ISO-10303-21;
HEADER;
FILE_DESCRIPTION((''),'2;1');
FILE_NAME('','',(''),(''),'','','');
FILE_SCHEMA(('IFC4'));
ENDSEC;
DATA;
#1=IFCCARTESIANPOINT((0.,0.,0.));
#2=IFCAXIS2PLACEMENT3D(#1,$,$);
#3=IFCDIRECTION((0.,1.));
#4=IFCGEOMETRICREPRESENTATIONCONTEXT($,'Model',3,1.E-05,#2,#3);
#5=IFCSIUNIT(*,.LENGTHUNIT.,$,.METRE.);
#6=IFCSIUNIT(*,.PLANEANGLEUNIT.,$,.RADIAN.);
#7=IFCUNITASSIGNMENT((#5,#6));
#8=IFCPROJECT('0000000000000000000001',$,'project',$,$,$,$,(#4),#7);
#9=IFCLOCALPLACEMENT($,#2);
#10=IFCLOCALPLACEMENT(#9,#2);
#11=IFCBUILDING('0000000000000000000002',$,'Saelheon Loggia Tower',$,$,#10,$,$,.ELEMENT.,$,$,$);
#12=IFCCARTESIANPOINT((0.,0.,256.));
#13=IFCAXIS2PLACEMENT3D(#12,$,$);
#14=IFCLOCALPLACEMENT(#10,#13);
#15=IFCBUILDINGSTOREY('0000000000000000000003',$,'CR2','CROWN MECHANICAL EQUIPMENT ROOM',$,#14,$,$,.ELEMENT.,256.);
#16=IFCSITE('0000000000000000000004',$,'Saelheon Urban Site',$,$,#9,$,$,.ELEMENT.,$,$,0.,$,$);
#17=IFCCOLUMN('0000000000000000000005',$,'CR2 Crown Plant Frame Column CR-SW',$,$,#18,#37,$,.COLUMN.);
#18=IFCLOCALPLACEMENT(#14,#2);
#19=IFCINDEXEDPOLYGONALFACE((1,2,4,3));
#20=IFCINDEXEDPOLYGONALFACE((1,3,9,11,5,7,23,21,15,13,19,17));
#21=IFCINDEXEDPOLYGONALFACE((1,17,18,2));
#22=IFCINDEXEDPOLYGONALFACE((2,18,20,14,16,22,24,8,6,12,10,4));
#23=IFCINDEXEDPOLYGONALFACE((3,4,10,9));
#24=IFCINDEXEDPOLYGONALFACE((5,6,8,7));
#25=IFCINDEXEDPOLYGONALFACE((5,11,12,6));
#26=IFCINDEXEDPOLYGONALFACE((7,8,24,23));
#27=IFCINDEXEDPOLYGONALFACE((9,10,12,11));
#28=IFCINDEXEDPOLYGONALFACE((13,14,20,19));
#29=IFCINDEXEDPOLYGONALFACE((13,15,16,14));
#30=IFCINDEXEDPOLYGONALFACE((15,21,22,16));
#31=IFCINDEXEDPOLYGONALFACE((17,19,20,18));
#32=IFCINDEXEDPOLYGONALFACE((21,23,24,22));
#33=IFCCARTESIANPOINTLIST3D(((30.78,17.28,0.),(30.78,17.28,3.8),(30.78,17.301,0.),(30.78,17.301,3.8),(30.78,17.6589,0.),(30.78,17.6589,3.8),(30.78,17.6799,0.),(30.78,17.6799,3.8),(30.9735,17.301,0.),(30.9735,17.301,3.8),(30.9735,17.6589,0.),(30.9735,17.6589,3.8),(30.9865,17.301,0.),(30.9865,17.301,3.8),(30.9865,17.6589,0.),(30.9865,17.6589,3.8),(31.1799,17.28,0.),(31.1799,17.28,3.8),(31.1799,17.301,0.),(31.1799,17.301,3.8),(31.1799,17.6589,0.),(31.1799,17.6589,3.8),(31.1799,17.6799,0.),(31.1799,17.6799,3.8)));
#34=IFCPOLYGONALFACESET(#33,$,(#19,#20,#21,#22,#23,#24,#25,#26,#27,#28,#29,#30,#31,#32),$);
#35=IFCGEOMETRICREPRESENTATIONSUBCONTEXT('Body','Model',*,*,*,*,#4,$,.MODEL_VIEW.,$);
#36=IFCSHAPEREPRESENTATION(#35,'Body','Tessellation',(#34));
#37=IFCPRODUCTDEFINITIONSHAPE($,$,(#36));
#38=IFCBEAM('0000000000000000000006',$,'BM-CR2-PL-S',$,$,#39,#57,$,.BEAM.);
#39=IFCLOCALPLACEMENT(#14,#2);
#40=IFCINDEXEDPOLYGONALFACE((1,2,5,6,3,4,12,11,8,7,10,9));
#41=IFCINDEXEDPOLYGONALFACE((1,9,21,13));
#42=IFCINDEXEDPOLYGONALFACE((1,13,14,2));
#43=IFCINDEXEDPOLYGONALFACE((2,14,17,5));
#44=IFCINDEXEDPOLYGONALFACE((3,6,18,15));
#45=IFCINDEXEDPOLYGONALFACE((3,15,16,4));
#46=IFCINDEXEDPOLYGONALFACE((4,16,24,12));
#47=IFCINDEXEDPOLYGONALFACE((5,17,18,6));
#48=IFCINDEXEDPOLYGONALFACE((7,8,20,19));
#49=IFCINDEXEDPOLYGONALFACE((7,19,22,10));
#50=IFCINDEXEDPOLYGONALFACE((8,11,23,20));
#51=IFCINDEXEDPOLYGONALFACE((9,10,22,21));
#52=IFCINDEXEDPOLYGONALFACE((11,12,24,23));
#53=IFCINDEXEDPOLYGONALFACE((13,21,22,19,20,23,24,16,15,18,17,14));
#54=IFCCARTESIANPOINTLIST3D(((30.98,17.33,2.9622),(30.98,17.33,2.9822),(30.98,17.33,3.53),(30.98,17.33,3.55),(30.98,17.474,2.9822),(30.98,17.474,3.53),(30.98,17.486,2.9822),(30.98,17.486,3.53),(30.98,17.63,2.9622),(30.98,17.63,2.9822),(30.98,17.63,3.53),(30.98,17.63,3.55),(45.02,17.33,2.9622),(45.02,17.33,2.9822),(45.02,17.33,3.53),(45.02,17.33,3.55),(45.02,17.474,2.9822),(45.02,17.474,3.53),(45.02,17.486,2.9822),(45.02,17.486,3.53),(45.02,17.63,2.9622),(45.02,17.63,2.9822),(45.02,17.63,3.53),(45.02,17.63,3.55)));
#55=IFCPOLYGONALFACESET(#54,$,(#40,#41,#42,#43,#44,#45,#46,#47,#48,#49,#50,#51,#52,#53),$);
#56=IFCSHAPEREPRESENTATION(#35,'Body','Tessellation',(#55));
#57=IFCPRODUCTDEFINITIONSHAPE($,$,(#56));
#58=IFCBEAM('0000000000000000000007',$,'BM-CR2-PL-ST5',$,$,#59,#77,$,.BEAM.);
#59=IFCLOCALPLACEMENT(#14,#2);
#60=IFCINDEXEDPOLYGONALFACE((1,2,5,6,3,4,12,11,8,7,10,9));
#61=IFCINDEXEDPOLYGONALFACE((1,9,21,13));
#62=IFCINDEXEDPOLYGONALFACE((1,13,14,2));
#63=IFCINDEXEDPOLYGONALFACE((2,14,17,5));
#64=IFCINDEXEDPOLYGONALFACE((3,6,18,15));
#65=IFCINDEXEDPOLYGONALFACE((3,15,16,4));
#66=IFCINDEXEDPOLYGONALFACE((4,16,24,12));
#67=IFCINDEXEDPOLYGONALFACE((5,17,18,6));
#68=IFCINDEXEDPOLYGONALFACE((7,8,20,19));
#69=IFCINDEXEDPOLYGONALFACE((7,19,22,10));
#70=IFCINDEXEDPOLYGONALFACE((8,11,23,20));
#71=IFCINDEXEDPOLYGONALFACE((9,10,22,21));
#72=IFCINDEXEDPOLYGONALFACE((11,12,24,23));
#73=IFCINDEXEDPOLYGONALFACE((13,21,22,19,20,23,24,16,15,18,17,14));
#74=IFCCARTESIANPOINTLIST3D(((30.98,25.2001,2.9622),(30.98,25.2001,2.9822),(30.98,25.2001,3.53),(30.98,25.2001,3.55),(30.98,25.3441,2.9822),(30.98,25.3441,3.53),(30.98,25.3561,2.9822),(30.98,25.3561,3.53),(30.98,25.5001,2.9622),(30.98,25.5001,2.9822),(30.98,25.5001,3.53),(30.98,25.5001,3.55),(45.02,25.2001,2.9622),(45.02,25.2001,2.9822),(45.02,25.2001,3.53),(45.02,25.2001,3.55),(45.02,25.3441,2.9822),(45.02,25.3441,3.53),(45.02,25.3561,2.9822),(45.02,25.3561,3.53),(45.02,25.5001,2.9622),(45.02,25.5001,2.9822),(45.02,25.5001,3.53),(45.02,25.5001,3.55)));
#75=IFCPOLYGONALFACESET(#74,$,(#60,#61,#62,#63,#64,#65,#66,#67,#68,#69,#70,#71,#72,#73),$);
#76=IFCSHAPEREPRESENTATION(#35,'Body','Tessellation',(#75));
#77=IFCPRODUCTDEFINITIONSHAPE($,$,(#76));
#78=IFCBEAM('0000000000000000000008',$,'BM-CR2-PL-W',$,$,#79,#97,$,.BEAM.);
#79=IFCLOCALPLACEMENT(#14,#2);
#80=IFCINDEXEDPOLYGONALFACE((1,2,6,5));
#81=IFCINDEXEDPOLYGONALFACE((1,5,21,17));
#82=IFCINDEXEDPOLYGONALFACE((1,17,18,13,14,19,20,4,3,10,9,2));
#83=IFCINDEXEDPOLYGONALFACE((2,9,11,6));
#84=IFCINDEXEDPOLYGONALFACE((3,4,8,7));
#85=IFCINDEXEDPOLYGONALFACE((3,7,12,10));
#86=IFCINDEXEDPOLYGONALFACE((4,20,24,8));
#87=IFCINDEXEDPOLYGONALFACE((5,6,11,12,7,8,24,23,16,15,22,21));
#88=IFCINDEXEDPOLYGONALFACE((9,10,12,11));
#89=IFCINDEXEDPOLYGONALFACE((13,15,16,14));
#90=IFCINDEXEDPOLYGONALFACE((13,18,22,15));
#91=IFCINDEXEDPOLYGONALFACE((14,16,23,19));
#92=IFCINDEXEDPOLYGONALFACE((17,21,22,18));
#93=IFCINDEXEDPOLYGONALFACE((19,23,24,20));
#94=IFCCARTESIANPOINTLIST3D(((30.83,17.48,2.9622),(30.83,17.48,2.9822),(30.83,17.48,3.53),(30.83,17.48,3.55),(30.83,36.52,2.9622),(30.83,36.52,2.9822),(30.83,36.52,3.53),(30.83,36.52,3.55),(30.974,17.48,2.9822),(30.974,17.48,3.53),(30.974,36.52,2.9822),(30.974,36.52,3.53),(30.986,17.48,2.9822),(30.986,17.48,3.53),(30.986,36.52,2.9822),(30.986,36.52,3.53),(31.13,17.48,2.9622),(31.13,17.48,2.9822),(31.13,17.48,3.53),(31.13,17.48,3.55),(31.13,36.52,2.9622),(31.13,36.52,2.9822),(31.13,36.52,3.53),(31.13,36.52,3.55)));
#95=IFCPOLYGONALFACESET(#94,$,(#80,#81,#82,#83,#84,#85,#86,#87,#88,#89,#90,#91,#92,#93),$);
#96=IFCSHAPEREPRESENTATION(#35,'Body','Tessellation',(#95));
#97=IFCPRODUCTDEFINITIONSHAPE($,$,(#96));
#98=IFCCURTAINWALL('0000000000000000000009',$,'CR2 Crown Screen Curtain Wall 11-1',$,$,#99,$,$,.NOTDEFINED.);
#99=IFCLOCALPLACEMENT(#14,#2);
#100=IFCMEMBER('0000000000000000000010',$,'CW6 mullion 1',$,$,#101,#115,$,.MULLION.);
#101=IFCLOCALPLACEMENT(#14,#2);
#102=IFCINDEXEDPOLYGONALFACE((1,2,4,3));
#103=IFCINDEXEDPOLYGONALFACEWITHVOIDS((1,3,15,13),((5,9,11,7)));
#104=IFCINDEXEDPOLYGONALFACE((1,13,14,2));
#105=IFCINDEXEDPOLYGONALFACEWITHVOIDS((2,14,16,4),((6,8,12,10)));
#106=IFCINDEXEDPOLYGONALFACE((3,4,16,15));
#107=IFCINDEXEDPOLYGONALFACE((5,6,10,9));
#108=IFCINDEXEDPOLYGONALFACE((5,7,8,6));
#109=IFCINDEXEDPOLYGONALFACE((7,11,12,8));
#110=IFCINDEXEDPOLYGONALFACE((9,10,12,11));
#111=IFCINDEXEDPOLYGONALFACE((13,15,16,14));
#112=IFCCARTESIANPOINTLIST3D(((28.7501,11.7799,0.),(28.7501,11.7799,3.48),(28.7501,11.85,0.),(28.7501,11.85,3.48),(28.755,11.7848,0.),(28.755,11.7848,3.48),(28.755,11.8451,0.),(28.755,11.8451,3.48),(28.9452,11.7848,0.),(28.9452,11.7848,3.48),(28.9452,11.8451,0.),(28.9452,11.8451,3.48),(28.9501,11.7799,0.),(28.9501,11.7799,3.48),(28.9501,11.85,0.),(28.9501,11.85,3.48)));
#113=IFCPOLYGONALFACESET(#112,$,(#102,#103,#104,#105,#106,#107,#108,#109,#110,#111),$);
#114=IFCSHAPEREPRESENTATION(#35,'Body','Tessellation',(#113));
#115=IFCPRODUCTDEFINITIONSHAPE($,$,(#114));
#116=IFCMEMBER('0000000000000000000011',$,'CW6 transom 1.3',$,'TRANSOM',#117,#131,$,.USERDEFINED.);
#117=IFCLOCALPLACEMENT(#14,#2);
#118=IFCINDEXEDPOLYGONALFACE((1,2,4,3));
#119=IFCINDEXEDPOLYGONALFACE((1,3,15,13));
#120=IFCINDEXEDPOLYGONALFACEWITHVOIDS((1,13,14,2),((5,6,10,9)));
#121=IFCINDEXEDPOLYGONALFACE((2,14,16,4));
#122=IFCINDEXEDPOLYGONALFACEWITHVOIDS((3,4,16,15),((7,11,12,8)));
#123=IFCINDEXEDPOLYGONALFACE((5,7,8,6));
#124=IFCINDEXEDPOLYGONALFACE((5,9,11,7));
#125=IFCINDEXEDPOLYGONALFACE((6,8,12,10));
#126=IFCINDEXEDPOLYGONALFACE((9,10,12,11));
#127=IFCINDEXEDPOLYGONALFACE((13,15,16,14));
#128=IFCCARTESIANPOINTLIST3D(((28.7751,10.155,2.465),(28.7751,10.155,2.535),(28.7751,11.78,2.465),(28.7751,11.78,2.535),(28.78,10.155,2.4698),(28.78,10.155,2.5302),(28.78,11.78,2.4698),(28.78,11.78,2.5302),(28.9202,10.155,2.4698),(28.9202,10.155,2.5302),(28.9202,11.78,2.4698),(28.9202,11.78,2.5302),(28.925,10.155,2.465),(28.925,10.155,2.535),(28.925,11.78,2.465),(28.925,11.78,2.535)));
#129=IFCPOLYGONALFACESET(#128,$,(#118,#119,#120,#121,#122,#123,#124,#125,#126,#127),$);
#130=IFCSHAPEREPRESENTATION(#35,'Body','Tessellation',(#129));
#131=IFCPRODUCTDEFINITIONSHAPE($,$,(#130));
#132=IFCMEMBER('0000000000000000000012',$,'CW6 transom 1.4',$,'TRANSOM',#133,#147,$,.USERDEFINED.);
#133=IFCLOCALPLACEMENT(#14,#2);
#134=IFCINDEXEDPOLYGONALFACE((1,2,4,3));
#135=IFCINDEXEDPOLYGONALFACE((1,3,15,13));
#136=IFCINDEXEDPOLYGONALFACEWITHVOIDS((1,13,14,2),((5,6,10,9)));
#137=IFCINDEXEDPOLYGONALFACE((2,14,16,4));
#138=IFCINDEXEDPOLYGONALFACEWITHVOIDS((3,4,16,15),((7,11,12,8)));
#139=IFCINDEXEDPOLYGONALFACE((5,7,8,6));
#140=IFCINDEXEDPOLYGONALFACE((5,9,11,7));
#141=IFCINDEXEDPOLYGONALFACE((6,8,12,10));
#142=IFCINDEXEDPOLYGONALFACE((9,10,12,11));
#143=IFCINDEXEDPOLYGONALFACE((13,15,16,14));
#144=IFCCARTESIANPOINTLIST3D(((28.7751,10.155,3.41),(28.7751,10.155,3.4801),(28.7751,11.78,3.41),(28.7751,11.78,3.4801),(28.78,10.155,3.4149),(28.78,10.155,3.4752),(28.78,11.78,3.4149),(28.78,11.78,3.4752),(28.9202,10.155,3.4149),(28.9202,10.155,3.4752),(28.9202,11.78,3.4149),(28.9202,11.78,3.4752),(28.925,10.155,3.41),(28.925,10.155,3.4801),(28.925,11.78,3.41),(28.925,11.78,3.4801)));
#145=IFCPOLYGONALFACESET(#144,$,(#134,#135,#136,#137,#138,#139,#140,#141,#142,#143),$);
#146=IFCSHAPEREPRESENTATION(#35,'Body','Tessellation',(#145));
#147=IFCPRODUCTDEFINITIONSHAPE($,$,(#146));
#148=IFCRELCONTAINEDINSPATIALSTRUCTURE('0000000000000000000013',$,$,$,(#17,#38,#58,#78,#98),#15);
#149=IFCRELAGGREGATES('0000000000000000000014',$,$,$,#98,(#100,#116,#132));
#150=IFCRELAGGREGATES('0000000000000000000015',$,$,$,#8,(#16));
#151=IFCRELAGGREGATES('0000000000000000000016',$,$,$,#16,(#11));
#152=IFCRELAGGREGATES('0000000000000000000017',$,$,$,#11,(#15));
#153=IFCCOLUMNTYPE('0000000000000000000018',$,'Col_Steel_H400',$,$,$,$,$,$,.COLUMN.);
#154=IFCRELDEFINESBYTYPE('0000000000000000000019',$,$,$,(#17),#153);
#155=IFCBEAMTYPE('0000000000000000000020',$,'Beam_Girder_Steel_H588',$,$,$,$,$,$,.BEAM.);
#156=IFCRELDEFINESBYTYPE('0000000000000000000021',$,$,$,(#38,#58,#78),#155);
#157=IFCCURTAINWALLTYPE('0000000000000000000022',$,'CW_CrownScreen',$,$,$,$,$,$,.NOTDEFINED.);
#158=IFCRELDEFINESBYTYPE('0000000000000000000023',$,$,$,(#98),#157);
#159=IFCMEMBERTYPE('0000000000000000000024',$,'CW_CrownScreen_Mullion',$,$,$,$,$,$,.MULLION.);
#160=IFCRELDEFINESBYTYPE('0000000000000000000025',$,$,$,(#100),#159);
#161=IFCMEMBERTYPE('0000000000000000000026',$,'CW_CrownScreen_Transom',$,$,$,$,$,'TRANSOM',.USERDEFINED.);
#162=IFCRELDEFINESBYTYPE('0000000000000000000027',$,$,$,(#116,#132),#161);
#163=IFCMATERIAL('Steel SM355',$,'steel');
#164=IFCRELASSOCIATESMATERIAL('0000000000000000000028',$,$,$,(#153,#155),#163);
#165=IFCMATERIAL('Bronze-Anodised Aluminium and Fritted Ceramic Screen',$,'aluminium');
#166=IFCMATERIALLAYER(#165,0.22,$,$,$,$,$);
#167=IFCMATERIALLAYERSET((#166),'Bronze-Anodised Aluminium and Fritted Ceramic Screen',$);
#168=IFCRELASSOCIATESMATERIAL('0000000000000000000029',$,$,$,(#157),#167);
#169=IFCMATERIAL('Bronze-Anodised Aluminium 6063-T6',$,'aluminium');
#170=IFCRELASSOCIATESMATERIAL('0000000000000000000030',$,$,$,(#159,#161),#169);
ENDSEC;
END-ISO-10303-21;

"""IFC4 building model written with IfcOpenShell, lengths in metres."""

from ifc_helpers import new_model, si_unit, direction, frame, origin, origin_2d, place, context, subcontext, project, spatial, hollow_rectangle, i_section, extrude, source, transform, mapped, material, layer, layer_set, material_profile, profile_set, type_object, element, aggregate, save


model = new_model("IFC4")

# Units and contexts
model_context = context("Model", 3, precision=1e-05, world=origin(), true_north=direction((0.0, 1.0)))
body_context = subcontext(model_context, "Body", "Model", "MODEL_VIEW")
ifc_project = project(units=[si_unit("LENGTHUNIT", "METRE"), si_unit("PLANEANGLEUNIT", "RADIAN")], contexts=[model_context])

# Site, building, storey
site_placement = place(None, origin())
site = spatial("IfcSite", under=ifc_project, at=site_placement, Name="Saelheon Urban Site", CompositionType="ELEMENT", RefElevation=0.0)
building_placement = place(site_placement, origin())
building = spatial("IfcBuilding", under=site, at=building_placement, Name="Saelheon Loggia Tower", CompositionType="ELEMENT")
storey_placement = place(building_placement, frame((0.0, 0.0, 256.0)))
storey = spatial("IfcBuildingStorey", under=building, at=storey_placement, Name="CR2", Description="CROWN MECHANICAL EQUIPMENT ROOM", CompositionType="ELEMENT", Elevation=256.0)

# Column
ifc_material_1 = material(Name="Steel SM355", Category="steel")
ifc_material_profile_1 = material_profile(ifc_material_1, i_section(OverallWidth=0.3999, OverallDepth=0.3999, WebThickness=0.0129, FlangeThickness=0.021, at=origin_2d()), Name="H-400x400x13x21")
ifc_profile_set_1 = profile_set([ifc_material_profile_1], Name="Steel SM355")
column_type = type_object("IfcColumnType", Name="Col_Steel_H400", PredefinedType="COLUMN", material=ifc_profile_set_1)
shared_shape_1 = source(origin(), body_context, "Body", "SweptSolid", [
    extrude(i_section(OverallWidth=0.3999, OverallDepth=0.3999, WebThickness=0.0129, FlangeThickness=0.021, at=origin_2d()), origin(), (0.0, 0.0, 1.0), 3.8),
])
column_placement = place(storey_placement, frame((30.98, 17.48, 0.0), z_axis=(0.0, 0.0, 1.0), x_axis=(1.0, 0.0, 0.0)))
element("IfcColumn", 1, at=column_placement, inside=storey, type_object=column_type, Name="CR2 Crown Plant Frame Column CR-SW", PredefinedType="COLUMN", context=body_context, shape_type="MappedRepresentation", body=[
    mapped(shared_shape_1, transform((0.0, 0.0, 0.0), scale=1.0)),
])

# Beams
ifc_material_profile_2 = material_profile(ifc_material_1, i_section(OverallWidth=0.3, OverallDepth=0.5879, WebThickness=0.012, FlangeThickness=0.02, at=origin_2d()), Name="H-588x300x12x20")
ifc_profile_set_2 = profile_set([ifc_material_profile_2], Name="Steel SM355")
beam_type = type_object("IfcBeamType", Name="Beam_Girder_Steel_H588", PredefinedType="BEAM", material=ifc_profile_set_2)
shared_shape_2 = source(origin(), body_context, "Body", "SweptSolid", [
    extrude(i_section(OverallWidth=0.3, OverallDepth=0.5879, WebThickness=0.012, FlangeThickness=0.02, at=origin_2d()), origin(), (0.0, 0.0, 1.0), 14.04),
])
for number, where, z_axis, x_axis, name in (
    (2, (30.98, 17.48, 3.2561), (1.0, 0.0, 0.0), (0.0, 1.0, 0.0), "BM-CR2-PL-S"),
    (3, (30.98, 25.3501, 3.2561), (1.0, 0.0, 0.0), (0.0, 1.0, 0.0), "BM-CR2-PL-ST5"),
):
    element("IfcBeam", number, at=place(storey_placement, frame(where, z_axis=z_axis, x_axis=x_axis)), inside=storey, type_object=beam_type, Name=name, PredefinedType="BEAM", context=body_context, shape_type="MappedRepresentation", body=[
        mapped(shared_shape_2, transform((0.0, 0.0, 0.0), scale=1.0)),
    ])
shared_shape_3 = source(origin(), body_context, "Body", "SweptSolid", [
    extrude(i_section(OverallWidth=0.3, OverallDepth=0.5879, WebThickness=0.012, FlangeThickness=0.02, at=origin_2d()), origin(), (0.0, 0.0, 1.0), 19.04),
])
beam_placement = place(storey_placement, frame((30.98, 17.48, 3.2561), z_axis=(0.0, 1.0, 0.0), x_axis=(-1.0, 0.0, 0.0)))
element("IfcBeam", 4, at=beam_placement, inside=storey, type_object=beam_type, Name="BM-CR2-PL-W", PredefinedType="BEAM", context=body_context, shape_type="MappedRepresentation", body=[
    mapped(shared_shape_3, transform((0.0, 0.0, 0.0), scale=1.0)),
])

# Curtain wall, members
ifc_material_2 = material(Name="Bronze-Anodised Aluminium and Fritted Ceramic Screen", Category="aluminium")
ifc_layer_1 = layer(ifc_material_2, 0.22)
ifc_layer_set_1 = layer_set([ifc_layer_1], Name="Bronze-Anodised Aluminium and Fritted Ceramic Screen")
curtain_wall_type = type_object("IfcCurtainWallType", Name="CW_CrownScreen", PredefinedType="NOTDEFINED", material=ifc_layer_set_1)
curtain_wall_placement = place(storey_placement, origin())
curtain_wall = element("IfcCurtainWall", 5, at=curtain_wall_placement, inside=storey, type_object=curtain_wall_type, Name="CR2 Crown Screen Curtain Wall 11-1", PredefinedType="NOTDEFINED")
ifc_material_3 = material(Name="Bronze-Anodised Aluminium 6063-T6", Category="aluminium")
ifc_material_profile_3 = material_profile(ifc_material_3, hollow_rectangle(XDim=0.0701, YDim=0.2, WallThickness=0.0049, at=origin_2d()), Name="RHS-200x70x5")
ifc_profile_set_3 = profile_set([ifc_material_profile_3], Name="Bronze-Anodised Aluminium 6063-T6")
member_type_1 = type_object("IfcMemberType", Name="CW_CrownScreen_Mullion", PredefinedType="MULLION", material=ifc_profile_set_3)
shared_shape_4 = source(origin(), body_context, "Body", "SweptSolid", [
    extrude(hollow_rectangle(XDim=0.0701, YDim=0.2, WallThickness=0.0049, at=origin_2d()), origin(), (0.0, 0.0, 1.0), 3.48),
])
member_1_placement = place(storey_placement, frame((28.8501, 11.8149, 0.0), z_axis=(0.0, 0.0, 1.0), x_axis=(0.0, -1.0, 0.0)))
member_1 = element("IfcMember", 6, at=member_1_placement, type_object=member_type_1, Name="CW6 mullion 1", PredefinedType="MULLION", context=body_context, shape_type="MappedRepresentation", body=[
    mapped(shared_shape_4, transform((0.0, 0.0, 0.0), scale=1.0)),
])
ifc_material_profile_4 = material_profile(ifc_material_3, hollow_rectangle(XDim=0.0701, YDim=0.1499, WallThickness=0.0049, at=origin_2d()), Name="RHS-150x70x5")
ifc_profile_set_4 = profile_set([ifc_material_profile_4], Name="Bronze-Anodised Aluminium 6063-T6")
member_type_2 = type_object("IfcMemberType", Name="CW_CrownScreen_Transom", ElementType="TRANSOM", PredefinedType="USERDEFINED", material=ifc_profile_set_4)
shared_shape_5 = source(origin(), body_context, "Body", "SweptSolid", [
    extrude(hollow_rectangle(XDim=0.0701, YDim=0.1499, WallThickness=0.0049, at=origin_2d()), origin(), (0.0, 0.0, 1.0), 1.625),
])
member_2_placement = place(storey_placement, frame((28.8501, 11.78, 2.5), z_axis=(0.0, -1.0, 0.0), x_axis=(0.0, 0.0, 1.0)))
member_2 = element("IfcMember", 7, at=member_2_placement, type_object=member_type_2, Name="CW6 transom 1.3", ObjectType="TRANSOM", PredefinedType="USERDEFINED", context=body_context, shape_type="MappedRepresentation", body=[
    mapped(shared_shape_5, transform((0.0, 0.0, 0.0), scale=1.0)),
])
member_3_placement = place(storey_placement, frame((28.8501, 11.78, 3.4451), z_axis=(0.0, -1.0, 0.0), x_axis=(0.0, 0.0, 1.0)))
member_3 = element("IfcMember", 8, at=member_3_placement, type_object=member_type_2, Name="CW6 transom 1.4", ObjectType="TRANSOM", PredefinedType="USERDEFINED", context=body_context, shape_type="MappedRepresentation", body=[
    mapped(shared_shape_5, transform((0.0, 0.0, 0.0), scale=1.0)),
])
aggregate(curtain_wall, [member_1, member_2, member_3])

save(model, "model.ifc")
